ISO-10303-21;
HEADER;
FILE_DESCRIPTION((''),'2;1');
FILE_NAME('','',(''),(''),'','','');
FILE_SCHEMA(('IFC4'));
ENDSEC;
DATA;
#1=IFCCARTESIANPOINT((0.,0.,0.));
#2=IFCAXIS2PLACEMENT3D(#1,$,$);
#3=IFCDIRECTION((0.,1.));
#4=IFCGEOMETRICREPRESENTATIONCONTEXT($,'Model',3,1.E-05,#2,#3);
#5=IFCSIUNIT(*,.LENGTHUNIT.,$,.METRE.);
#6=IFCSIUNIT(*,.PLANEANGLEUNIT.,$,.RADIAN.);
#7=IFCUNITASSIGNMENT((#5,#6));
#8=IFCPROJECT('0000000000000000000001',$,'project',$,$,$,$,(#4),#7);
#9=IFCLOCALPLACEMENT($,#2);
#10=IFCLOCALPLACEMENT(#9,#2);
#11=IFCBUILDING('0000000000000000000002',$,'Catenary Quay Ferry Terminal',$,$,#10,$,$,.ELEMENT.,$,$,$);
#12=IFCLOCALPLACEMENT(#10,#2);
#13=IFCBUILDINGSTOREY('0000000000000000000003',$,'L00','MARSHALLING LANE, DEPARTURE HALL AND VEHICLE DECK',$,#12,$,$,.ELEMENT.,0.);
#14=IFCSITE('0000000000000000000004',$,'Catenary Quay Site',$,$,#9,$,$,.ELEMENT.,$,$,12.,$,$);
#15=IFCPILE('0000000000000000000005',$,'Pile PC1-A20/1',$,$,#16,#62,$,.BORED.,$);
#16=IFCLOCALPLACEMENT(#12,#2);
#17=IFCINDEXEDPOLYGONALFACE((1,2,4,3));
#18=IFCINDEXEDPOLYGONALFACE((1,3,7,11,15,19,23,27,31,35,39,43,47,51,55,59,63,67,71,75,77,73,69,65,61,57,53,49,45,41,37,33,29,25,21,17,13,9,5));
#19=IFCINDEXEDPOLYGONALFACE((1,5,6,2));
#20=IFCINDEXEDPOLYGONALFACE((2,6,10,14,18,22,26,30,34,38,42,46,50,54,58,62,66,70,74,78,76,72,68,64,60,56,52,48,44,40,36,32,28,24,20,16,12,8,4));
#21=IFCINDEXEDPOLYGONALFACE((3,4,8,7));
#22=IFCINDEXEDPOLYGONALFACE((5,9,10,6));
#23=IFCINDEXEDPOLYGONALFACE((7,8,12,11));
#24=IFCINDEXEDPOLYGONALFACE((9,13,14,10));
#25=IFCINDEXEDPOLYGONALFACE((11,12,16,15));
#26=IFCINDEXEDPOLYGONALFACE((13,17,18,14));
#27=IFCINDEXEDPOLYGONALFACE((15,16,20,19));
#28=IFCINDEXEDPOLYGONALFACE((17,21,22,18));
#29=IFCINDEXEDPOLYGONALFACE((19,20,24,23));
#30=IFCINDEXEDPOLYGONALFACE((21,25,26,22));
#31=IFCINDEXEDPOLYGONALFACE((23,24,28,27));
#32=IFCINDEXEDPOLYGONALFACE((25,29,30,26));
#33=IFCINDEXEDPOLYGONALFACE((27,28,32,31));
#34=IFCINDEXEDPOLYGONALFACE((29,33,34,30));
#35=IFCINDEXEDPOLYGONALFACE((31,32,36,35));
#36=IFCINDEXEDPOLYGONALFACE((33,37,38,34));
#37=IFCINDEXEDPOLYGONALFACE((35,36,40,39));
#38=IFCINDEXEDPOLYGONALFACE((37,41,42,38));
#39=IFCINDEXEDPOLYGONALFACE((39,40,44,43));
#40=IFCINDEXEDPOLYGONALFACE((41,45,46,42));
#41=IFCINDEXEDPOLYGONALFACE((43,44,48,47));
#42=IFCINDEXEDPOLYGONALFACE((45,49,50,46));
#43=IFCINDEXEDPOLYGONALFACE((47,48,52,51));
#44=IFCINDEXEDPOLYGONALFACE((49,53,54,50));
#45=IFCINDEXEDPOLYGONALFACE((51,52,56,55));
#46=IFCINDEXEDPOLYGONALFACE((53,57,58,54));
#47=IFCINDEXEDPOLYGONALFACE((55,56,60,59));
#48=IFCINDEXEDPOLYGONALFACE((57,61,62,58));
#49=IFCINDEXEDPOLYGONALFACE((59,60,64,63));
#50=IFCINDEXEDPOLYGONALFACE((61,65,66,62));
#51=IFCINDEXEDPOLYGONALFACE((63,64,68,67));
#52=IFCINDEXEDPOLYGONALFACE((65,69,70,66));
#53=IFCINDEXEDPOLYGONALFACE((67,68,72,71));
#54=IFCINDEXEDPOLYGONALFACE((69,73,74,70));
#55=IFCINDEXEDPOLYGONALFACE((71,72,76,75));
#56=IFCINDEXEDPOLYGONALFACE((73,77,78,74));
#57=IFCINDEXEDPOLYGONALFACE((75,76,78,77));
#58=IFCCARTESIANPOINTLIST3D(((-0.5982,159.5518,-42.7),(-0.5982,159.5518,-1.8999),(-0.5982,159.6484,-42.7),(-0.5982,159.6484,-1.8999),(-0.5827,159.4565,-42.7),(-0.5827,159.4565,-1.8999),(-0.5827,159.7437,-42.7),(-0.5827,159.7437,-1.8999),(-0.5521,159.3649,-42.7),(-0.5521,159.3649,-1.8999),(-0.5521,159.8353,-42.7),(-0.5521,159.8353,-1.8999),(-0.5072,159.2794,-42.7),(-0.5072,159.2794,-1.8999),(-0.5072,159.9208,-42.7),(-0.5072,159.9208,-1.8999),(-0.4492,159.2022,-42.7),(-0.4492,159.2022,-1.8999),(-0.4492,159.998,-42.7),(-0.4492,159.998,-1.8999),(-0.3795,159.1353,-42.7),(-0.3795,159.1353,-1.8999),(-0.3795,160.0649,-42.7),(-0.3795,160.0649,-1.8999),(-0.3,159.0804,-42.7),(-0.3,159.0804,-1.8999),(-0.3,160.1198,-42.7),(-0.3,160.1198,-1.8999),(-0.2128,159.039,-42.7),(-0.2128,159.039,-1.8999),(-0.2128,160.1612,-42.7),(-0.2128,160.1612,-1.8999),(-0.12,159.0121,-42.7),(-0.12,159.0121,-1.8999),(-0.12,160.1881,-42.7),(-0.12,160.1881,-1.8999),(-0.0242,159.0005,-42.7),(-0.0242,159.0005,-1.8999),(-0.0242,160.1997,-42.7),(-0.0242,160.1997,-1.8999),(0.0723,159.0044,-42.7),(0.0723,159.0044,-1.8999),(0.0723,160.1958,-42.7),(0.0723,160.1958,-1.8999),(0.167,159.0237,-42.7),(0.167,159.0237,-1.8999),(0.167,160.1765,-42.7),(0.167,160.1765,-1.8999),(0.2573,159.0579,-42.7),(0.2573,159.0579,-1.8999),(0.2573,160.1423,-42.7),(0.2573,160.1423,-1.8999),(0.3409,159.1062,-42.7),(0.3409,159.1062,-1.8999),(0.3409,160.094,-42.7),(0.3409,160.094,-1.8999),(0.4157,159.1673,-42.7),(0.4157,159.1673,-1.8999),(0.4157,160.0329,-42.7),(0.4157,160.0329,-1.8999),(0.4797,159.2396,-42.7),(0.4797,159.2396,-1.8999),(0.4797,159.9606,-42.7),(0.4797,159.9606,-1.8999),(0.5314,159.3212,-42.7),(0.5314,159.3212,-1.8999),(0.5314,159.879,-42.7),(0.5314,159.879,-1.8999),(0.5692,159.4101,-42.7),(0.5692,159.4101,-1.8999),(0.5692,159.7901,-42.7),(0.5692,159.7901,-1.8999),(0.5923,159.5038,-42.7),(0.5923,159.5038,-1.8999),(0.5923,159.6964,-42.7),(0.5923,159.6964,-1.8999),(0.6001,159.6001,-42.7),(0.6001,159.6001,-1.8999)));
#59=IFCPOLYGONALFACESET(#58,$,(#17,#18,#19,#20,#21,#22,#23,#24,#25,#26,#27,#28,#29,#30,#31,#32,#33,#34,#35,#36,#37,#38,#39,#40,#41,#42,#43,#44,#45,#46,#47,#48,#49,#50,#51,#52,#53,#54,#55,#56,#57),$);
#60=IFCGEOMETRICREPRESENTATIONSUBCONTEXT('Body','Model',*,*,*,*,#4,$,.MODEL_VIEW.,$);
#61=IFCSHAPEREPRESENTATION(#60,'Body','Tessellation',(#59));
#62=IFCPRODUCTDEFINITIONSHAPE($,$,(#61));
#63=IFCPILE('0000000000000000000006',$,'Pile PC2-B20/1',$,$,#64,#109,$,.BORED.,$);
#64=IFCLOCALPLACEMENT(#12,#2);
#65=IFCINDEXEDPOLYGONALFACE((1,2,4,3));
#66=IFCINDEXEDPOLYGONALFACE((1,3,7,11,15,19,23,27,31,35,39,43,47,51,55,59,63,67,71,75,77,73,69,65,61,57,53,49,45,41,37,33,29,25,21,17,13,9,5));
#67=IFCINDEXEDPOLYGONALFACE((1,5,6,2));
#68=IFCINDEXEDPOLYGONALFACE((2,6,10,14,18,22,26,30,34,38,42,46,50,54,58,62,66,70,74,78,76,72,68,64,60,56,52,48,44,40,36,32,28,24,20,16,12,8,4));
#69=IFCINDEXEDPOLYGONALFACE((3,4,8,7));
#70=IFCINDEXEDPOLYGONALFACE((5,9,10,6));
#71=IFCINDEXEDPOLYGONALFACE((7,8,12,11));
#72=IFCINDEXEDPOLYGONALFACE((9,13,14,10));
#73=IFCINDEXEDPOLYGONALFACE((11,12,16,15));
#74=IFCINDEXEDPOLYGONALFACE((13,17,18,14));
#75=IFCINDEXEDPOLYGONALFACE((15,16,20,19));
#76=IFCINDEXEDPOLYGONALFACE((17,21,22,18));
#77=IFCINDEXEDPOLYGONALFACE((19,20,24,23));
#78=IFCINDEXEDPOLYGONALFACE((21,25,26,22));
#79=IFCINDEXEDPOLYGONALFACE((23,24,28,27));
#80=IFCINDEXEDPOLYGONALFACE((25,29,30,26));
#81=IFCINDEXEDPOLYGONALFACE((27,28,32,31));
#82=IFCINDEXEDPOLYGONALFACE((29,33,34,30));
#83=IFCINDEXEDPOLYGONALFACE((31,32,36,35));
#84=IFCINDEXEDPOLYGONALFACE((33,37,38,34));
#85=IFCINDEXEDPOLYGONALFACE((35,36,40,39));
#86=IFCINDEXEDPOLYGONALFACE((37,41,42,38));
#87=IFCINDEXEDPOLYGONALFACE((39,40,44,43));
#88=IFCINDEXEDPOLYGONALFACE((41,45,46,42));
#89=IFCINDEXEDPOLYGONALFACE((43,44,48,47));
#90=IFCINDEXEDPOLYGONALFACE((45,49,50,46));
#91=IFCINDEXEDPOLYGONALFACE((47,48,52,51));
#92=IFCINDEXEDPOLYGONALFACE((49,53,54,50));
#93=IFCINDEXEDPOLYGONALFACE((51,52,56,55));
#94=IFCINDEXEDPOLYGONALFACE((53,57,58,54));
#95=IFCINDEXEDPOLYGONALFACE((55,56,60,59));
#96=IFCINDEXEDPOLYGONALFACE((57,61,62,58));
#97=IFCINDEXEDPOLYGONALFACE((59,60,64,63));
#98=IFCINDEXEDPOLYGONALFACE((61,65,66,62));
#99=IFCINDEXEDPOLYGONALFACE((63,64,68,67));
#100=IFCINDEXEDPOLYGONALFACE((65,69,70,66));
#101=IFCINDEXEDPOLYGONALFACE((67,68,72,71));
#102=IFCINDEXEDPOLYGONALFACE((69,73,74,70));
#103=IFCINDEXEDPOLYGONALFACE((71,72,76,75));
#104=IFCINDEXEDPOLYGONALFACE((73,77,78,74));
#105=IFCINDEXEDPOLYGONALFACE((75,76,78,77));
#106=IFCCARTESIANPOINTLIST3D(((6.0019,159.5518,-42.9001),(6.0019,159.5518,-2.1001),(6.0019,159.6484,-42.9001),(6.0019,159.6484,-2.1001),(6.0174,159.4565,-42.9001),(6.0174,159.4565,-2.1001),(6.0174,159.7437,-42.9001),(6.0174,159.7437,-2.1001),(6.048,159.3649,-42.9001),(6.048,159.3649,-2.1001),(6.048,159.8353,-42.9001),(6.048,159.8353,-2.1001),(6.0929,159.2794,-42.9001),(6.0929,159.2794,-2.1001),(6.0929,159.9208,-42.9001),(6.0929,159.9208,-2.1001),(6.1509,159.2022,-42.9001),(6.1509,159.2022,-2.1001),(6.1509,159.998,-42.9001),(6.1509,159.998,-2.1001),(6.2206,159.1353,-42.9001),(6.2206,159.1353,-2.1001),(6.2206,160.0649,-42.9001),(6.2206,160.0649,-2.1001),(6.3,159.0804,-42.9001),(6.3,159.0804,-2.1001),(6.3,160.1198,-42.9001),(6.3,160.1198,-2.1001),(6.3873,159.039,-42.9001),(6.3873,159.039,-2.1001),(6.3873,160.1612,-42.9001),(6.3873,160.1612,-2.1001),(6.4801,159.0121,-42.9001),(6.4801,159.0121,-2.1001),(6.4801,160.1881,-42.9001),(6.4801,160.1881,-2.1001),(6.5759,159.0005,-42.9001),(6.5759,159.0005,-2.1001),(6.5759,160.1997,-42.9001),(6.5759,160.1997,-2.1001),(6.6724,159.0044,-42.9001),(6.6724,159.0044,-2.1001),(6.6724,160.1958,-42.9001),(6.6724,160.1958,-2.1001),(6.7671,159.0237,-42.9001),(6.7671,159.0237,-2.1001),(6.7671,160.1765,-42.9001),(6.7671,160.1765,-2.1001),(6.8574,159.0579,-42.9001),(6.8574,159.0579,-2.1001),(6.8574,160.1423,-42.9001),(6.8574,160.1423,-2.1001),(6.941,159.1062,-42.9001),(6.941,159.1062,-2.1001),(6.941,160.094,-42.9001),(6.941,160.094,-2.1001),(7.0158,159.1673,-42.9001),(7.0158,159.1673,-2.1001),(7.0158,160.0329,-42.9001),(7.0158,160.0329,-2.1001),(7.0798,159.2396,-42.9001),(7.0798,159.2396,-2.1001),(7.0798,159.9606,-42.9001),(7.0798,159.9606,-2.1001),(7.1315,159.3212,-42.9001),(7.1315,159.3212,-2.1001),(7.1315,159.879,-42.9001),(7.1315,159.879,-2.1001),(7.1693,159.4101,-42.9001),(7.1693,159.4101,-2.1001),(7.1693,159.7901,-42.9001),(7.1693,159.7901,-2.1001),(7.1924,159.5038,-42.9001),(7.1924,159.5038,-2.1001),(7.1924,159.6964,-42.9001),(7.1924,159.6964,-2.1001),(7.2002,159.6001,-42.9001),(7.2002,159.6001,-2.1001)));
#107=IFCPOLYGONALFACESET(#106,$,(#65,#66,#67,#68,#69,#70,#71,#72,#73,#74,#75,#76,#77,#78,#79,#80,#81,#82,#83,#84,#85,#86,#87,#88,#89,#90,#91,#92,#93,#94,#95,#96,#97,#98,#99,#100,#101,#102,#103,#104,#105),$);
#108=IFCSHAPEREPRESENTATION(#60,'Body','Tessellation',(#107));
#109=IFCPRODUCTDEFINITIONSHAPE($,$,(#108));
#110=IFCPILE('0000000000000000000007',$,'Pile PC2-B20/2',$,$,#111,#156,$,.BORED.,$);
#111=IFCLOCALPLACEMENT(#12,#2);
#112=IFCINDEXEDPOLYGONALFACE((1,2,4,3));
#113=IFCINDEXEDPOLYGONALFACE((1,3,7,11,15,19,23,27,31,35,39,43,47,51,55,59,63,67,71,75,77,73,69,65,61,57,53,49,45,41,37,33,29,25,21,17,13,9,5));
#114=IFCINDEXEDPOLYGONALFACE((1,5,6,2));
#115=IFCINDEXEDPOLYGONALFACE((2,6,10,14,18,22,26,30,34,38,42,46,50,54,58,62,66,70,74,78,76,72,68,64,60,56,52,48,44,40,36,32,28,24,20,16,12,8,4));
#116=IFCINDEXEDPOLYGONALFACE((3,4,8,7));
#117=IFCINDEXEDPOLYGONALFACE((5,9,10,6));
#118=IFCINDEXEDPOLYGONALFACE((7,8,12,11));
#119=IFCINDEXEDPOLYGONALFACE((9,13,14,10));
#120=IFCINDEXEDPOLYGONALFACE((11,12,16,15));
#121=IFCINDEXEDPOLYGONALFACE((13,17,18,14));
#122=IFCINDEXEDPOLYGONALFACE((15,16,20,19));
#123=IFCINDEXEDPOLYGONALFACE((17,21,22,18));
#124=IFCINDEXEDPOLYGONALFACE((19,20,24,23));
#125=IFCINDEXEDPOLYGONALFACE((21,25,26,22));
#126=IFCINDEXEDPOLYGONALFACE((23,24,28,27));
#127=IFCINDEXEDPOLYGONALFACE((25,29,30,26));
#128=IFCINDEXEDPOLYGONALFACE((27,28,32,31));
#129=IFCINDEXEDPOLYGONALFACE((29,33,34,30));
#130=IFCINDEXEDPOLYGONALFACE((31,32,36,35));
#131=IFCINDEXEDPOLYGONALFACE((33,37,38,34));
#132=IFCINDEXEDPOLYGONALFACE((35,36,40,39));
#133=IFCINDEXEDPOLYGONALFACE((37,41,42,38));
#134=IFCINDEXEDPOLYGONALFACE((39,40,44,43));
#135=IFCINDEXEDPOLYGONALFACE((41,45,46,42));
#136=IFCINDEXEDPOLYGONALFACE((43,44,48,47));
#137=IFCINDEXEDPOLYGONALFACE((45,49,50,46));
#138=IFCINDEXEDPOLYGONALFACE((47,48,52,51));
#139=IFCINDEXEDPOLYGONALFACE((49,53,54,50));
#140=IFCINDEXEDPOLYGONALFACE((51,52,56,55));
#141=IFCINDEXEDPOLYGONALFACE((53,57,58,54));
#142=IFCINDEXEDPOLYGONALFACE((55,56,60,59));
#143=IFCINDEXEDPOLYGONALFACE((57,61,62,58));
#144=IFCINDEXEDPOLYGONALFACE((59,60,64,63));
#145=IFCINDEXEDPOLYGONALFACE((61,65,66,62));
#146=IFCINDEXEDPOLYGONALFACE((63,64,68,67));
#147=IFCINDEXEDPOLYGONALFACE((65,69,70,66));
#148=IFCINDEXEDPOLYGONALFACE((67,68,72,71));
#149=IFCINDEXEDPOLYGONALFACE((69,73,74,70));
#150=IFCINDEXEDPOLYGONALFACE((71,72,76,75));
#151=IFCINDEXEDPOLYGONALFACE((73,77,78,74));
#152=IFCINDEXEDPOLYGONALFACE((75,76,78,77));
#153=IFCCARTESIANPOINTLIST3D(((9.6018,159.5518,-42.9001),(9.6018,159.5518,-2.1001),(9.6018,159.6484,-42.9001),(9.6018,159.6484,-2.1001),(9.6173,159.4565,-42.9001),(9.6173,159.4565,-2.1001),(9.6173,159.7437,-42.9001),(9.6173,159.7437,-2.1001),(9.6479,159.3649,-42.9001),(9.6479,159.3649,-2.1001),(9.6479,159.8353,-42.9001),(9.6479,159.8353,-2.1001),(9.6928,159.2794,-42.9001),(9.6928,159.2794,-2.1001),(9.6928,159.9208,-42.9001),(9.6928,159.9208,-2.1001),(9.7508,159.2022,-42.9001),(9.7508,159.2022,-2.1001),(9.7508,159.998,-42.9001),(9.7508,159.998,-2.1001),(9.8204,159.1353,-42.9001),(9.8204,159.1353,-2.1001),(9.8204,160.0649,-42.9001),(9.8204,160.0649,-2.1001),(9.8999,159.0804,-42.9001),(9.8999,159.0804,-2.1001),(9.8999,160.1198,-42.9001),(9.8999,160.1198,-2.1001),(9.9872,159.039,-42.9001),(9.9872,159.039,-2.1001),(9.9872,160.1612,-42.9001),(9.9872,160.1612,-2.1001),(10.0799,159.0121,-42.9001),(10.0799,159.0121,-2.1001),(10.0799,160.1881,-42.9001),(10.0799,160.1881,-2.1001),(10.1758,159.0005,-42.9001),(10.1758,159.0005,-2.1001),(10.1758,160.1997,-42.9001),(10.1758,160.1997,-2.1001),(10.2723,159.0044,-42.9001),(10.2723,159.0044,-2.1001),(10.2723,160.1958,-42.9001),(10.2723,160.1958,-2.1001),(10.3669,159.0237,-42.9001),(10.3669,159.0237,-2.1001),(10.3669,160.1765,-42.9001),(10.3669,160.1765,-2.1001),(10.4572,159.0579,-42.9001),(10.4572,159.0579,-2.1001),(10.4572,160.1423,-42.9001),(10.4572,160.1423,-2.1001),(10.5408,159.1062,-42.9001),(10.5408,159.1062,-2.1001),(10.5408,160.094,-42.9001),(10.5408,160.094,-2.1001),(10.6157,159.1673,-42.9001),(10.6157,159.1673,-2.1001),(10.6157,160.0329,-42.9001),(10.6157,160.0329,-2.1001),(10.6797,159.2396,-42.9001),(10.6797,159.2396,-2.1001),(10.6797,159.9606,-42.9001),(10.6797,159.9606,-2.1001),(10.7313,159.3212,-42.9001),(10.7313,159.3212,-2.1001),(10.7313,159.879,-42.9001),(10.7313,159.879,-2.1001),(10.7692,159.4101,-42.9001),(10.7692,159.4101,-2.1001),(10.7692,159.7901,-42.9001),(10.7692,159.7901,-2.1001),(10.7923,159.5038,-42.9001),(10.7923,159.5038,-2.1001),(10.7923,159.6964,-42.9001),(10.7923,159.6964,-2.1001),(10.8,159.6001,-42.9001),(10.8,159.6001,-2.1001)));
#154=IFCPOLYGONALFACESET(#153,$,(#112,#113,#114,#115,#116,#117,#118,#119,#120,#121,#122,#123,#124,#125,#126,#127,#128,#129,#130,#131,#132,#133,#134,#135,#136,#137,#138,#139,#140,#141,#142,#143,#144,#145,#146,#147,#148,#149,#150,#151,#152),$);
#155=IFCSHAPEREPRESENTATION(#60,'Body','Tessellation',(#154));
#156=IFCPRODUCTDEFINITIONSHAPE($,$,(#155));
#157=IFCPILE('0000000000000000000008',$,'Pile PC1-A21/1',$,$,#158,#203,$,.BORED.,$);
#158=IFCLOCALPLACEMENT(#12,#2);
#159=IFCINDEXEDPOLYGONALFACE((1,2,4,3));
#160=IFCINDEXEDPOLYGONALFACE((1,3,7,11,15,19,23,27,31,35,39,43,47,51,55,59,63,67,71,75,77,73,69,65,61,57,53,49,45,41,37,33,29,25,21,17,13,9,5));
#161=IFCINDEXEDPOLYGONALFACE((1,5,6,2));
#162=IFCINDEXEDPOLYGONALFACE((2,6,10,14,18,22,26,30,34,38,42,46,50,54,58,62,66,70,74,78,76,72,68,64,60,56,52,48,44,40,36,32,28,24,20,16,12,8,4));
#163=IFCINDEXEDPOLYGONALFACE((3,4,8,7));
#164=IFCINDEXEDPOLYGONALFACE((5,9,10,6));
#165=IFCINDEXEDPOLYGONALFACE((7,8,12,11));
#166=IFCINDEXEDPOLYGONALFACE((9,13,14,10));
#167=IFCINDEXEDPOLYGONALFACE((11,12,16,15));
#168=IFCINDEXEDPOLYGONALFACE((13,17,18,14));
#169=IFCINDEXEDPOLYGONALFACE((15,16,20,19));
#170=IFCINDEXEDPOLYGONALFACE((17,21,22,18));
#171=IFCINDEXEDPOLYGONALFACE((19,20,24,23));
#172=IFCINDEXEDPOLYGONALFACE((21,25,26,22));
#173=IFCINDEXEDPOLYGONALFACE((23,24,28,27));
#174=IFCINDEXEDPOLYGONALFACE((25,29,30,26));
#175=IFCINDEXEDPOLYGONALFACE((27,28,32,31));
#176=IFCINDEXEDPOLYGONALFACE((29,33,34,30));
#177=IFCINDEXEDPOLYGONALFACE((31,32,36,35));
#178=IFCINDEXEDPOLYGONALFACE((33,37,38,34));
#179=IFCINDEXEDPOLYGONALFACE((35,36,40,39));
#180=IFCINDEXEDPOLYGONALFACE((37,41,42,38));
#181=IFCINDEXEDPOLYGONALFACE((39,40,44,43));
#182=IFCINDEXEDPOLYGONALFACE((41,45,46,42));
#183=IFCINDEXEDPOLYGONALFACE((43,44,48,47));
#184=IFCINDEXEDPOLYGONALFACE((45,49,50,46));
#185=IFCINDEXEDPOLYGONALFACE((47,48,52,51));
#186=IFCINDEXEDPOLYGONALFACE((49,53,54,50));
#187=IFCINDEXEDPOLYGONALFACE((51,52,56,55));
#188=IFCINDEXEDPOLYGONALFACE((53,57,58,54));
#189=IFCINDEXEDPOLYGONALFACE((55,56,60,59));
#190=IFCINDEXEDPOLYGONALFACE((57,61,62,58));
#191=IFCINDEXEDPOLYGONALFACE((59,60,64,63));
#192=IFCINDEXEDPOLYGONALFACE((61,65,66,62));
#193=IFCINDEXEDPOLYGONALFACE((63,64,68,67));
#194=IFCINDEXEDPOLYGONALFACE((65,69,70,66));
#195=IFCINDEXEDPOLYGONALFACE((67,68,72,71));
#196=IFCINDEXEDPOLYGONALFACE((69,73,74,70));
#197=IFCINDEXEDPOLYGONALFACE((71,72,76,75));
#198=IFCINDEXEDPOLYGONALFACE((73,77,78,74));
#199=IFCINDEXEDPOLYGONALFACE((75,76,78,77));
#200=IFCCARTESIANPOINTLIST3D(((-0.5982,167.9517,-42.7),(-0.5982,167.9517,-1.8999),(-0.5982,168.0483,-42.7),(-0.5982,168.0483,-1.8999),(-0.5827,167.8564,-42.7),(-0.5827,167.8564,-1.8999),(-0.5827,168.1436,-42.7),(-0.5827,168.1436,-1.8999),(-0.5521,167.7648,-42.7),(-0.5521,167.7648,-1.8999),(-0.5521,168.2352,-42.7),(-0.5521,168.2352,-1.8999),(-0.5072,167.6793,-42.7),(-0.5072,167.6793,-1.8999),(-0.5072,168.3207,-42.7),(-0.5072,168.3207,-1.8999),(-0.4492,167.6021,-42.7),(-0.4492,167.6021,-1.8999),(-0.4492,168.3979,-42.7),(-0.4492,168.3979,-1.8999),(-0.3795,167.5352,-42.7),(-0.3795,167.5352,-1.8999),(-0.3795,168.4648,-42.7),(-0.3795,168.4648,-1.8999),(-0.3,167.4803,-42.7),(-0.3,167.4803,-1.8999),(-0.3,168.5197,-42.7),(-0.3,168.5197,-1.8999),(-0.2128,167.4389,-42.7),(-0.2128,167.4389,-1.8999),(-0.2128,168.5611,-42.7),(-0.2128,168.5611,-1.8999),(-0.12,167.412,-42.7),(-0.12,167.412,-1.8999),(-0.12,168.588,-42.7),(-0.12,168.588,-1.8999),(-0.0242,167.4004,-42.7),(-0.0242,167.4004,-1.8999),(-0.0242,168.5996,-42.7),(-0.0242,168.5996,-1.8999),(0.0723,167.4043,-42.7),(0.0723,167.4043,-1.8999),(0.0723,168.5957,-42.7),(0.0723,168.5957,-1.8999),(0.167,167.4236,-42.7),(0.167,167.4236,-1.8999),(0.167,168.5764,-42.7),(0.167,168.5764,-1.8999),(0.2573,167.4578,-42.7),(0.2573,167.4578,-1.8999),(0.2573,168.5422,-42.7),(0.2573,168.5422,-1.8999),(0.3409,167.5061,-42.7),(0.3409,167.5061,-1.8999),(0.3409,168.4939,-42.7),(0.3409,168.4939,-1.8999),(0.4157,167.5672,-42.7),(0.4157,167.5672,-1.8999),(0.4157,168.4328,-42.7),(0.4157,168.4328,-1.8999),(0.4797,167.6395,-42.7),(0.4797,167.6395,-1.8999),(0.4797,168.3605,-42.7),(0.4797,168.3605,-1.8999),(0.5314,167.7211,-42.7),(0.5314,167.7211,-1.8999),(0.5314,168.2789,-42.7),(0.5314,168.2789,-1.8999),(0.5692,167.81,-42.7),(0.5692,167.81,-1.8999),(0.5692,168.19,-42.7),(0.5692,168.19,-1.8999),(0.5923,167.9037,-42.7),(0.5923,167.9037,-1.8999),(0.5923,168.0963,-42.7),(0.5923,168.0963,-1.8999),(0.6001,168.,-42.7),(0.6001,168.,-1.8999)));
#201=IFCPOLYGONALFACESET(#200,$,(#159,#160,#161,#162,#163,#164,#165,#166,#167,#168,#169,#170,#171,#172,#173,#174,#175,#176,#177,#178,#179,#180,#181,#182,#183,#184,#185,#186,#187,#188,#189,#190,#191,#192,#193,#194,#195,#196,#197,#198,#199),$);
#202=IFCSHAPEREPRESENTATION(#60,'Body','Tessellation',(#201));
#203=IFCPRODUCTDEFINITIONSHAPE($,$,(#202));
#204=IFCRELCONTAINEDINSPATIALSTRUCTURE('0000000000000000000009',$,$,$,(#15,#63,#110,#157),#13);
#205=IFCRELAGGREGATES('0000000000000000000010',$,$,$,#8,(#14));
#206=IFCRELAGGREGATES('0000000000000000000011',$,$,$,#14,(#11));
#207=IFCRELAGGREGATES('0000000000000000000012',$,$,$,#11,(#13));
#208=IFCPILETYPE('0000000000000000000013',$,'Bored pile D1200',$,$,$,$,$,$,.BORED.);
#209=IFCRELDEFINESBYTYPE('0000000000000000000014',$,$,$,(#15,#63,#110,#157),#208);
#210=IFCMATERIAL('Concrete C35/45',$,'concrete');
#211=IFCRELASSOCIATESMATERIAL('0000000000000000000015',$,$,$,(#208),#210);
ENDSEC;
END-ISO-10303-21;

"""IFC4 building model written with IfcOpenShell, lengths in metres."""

from ifc_helpers import new_model, si_unit, direction, frame, origin, origin_2d, place, context, subcontext, project, spatial, circle, extrude, material, material_profile, profile_set, type_object, element, save


model = new_model("IFC4")

# Units and contexts
model_context = context("Model", 3, precision=1e-05, world=origin(), true_north=direction((0.0, 1.0)))
body_context = subcontext(model_context, "Body", "Model", "MODEL_VIEW")
ifc_project = project(units=[si_unit("LENGTHUNIT", "METRE"), si_unit("PLANEANGLEUNIT", "RADIAN")], contexts=[model_context])

# Site, building, storey
site_placement = place(None, origin())
site = spatial("IfcSite", under=ifc_project, at=site_placement, Name="Catenary Quay Site", CompositionType="ELEMENT", RefElevation=12.0)
building_placement = place(site_placement, origin())
building = spatial("IfcBuilding", under=site, at=building_placement, Name="Catenary Quay Ferry Terminal", CompositionType="ELEMENT")
storey_placement = place(building_placement, origin())
storey = spatial("IfcBuildingStorey", under=building, at=storey_placement, Name="L00", Description="MARSHALLING LANE, DEPARTURE HALL AND VEHICLE DECK", CompositionType="ELEMENT", Elevation=0.0)

# Piles
ifc_material_1 = material(Name="Concrete C35/45", Category="concrete")
ifc_material_profile_1 = material_profile(ifc_material_1, circle(Radius=0.6001, at=origin_2d()), Name="D1200")
ifc_profile_set_1 = profile_set([ifc_material_profile_1], Name="Concrete C35/45")
pile_type = type_object("IfcPileType", Name="Bored pile D1200", PredefinedType="BORED", material=ifc_profile_set_1)
for number, where, z_axis, x_axis, name in (
    (1, (0.0, 159.6001, -1.8999), (0.0, 0.0, -1.0), (1.0, 0.0, 0.0), "Pile PC1-A20/1"),
    (2, (6.6001, 159.6001, -2.1001), (0.0, 0.0, -1.0), (1.0, 0.0, 0.0), "Pile PC2-B20/1"),
    (3, (10.2, 159.6001, -2.1001), (0.0, 0.0, -1.0), (1.0, 0.0, 0.0), "Pile PC2-B20/2"),
    (4, (0.0, 168.0, -1.8999), (0.0, 0.0, -1.0), (1.0, 0.0, 0.0), "Pile PC1-A21/1"),
):
    element("IfcPile", number, at=place(storey_placement, frame(where, z_axis=z_axis, x_axis=x_axis)), inside=storey, type_object=pile_type, Name=name, PredefinedType="BORED", context=body_context, shape_type="SweptSolid", body=[
        extrude(circle(Radius=0.6001, at=origin_2d()), origin(), (0.0, 0.0, 1.0), 40.8),
    ])

save(model, "model.ifc")
